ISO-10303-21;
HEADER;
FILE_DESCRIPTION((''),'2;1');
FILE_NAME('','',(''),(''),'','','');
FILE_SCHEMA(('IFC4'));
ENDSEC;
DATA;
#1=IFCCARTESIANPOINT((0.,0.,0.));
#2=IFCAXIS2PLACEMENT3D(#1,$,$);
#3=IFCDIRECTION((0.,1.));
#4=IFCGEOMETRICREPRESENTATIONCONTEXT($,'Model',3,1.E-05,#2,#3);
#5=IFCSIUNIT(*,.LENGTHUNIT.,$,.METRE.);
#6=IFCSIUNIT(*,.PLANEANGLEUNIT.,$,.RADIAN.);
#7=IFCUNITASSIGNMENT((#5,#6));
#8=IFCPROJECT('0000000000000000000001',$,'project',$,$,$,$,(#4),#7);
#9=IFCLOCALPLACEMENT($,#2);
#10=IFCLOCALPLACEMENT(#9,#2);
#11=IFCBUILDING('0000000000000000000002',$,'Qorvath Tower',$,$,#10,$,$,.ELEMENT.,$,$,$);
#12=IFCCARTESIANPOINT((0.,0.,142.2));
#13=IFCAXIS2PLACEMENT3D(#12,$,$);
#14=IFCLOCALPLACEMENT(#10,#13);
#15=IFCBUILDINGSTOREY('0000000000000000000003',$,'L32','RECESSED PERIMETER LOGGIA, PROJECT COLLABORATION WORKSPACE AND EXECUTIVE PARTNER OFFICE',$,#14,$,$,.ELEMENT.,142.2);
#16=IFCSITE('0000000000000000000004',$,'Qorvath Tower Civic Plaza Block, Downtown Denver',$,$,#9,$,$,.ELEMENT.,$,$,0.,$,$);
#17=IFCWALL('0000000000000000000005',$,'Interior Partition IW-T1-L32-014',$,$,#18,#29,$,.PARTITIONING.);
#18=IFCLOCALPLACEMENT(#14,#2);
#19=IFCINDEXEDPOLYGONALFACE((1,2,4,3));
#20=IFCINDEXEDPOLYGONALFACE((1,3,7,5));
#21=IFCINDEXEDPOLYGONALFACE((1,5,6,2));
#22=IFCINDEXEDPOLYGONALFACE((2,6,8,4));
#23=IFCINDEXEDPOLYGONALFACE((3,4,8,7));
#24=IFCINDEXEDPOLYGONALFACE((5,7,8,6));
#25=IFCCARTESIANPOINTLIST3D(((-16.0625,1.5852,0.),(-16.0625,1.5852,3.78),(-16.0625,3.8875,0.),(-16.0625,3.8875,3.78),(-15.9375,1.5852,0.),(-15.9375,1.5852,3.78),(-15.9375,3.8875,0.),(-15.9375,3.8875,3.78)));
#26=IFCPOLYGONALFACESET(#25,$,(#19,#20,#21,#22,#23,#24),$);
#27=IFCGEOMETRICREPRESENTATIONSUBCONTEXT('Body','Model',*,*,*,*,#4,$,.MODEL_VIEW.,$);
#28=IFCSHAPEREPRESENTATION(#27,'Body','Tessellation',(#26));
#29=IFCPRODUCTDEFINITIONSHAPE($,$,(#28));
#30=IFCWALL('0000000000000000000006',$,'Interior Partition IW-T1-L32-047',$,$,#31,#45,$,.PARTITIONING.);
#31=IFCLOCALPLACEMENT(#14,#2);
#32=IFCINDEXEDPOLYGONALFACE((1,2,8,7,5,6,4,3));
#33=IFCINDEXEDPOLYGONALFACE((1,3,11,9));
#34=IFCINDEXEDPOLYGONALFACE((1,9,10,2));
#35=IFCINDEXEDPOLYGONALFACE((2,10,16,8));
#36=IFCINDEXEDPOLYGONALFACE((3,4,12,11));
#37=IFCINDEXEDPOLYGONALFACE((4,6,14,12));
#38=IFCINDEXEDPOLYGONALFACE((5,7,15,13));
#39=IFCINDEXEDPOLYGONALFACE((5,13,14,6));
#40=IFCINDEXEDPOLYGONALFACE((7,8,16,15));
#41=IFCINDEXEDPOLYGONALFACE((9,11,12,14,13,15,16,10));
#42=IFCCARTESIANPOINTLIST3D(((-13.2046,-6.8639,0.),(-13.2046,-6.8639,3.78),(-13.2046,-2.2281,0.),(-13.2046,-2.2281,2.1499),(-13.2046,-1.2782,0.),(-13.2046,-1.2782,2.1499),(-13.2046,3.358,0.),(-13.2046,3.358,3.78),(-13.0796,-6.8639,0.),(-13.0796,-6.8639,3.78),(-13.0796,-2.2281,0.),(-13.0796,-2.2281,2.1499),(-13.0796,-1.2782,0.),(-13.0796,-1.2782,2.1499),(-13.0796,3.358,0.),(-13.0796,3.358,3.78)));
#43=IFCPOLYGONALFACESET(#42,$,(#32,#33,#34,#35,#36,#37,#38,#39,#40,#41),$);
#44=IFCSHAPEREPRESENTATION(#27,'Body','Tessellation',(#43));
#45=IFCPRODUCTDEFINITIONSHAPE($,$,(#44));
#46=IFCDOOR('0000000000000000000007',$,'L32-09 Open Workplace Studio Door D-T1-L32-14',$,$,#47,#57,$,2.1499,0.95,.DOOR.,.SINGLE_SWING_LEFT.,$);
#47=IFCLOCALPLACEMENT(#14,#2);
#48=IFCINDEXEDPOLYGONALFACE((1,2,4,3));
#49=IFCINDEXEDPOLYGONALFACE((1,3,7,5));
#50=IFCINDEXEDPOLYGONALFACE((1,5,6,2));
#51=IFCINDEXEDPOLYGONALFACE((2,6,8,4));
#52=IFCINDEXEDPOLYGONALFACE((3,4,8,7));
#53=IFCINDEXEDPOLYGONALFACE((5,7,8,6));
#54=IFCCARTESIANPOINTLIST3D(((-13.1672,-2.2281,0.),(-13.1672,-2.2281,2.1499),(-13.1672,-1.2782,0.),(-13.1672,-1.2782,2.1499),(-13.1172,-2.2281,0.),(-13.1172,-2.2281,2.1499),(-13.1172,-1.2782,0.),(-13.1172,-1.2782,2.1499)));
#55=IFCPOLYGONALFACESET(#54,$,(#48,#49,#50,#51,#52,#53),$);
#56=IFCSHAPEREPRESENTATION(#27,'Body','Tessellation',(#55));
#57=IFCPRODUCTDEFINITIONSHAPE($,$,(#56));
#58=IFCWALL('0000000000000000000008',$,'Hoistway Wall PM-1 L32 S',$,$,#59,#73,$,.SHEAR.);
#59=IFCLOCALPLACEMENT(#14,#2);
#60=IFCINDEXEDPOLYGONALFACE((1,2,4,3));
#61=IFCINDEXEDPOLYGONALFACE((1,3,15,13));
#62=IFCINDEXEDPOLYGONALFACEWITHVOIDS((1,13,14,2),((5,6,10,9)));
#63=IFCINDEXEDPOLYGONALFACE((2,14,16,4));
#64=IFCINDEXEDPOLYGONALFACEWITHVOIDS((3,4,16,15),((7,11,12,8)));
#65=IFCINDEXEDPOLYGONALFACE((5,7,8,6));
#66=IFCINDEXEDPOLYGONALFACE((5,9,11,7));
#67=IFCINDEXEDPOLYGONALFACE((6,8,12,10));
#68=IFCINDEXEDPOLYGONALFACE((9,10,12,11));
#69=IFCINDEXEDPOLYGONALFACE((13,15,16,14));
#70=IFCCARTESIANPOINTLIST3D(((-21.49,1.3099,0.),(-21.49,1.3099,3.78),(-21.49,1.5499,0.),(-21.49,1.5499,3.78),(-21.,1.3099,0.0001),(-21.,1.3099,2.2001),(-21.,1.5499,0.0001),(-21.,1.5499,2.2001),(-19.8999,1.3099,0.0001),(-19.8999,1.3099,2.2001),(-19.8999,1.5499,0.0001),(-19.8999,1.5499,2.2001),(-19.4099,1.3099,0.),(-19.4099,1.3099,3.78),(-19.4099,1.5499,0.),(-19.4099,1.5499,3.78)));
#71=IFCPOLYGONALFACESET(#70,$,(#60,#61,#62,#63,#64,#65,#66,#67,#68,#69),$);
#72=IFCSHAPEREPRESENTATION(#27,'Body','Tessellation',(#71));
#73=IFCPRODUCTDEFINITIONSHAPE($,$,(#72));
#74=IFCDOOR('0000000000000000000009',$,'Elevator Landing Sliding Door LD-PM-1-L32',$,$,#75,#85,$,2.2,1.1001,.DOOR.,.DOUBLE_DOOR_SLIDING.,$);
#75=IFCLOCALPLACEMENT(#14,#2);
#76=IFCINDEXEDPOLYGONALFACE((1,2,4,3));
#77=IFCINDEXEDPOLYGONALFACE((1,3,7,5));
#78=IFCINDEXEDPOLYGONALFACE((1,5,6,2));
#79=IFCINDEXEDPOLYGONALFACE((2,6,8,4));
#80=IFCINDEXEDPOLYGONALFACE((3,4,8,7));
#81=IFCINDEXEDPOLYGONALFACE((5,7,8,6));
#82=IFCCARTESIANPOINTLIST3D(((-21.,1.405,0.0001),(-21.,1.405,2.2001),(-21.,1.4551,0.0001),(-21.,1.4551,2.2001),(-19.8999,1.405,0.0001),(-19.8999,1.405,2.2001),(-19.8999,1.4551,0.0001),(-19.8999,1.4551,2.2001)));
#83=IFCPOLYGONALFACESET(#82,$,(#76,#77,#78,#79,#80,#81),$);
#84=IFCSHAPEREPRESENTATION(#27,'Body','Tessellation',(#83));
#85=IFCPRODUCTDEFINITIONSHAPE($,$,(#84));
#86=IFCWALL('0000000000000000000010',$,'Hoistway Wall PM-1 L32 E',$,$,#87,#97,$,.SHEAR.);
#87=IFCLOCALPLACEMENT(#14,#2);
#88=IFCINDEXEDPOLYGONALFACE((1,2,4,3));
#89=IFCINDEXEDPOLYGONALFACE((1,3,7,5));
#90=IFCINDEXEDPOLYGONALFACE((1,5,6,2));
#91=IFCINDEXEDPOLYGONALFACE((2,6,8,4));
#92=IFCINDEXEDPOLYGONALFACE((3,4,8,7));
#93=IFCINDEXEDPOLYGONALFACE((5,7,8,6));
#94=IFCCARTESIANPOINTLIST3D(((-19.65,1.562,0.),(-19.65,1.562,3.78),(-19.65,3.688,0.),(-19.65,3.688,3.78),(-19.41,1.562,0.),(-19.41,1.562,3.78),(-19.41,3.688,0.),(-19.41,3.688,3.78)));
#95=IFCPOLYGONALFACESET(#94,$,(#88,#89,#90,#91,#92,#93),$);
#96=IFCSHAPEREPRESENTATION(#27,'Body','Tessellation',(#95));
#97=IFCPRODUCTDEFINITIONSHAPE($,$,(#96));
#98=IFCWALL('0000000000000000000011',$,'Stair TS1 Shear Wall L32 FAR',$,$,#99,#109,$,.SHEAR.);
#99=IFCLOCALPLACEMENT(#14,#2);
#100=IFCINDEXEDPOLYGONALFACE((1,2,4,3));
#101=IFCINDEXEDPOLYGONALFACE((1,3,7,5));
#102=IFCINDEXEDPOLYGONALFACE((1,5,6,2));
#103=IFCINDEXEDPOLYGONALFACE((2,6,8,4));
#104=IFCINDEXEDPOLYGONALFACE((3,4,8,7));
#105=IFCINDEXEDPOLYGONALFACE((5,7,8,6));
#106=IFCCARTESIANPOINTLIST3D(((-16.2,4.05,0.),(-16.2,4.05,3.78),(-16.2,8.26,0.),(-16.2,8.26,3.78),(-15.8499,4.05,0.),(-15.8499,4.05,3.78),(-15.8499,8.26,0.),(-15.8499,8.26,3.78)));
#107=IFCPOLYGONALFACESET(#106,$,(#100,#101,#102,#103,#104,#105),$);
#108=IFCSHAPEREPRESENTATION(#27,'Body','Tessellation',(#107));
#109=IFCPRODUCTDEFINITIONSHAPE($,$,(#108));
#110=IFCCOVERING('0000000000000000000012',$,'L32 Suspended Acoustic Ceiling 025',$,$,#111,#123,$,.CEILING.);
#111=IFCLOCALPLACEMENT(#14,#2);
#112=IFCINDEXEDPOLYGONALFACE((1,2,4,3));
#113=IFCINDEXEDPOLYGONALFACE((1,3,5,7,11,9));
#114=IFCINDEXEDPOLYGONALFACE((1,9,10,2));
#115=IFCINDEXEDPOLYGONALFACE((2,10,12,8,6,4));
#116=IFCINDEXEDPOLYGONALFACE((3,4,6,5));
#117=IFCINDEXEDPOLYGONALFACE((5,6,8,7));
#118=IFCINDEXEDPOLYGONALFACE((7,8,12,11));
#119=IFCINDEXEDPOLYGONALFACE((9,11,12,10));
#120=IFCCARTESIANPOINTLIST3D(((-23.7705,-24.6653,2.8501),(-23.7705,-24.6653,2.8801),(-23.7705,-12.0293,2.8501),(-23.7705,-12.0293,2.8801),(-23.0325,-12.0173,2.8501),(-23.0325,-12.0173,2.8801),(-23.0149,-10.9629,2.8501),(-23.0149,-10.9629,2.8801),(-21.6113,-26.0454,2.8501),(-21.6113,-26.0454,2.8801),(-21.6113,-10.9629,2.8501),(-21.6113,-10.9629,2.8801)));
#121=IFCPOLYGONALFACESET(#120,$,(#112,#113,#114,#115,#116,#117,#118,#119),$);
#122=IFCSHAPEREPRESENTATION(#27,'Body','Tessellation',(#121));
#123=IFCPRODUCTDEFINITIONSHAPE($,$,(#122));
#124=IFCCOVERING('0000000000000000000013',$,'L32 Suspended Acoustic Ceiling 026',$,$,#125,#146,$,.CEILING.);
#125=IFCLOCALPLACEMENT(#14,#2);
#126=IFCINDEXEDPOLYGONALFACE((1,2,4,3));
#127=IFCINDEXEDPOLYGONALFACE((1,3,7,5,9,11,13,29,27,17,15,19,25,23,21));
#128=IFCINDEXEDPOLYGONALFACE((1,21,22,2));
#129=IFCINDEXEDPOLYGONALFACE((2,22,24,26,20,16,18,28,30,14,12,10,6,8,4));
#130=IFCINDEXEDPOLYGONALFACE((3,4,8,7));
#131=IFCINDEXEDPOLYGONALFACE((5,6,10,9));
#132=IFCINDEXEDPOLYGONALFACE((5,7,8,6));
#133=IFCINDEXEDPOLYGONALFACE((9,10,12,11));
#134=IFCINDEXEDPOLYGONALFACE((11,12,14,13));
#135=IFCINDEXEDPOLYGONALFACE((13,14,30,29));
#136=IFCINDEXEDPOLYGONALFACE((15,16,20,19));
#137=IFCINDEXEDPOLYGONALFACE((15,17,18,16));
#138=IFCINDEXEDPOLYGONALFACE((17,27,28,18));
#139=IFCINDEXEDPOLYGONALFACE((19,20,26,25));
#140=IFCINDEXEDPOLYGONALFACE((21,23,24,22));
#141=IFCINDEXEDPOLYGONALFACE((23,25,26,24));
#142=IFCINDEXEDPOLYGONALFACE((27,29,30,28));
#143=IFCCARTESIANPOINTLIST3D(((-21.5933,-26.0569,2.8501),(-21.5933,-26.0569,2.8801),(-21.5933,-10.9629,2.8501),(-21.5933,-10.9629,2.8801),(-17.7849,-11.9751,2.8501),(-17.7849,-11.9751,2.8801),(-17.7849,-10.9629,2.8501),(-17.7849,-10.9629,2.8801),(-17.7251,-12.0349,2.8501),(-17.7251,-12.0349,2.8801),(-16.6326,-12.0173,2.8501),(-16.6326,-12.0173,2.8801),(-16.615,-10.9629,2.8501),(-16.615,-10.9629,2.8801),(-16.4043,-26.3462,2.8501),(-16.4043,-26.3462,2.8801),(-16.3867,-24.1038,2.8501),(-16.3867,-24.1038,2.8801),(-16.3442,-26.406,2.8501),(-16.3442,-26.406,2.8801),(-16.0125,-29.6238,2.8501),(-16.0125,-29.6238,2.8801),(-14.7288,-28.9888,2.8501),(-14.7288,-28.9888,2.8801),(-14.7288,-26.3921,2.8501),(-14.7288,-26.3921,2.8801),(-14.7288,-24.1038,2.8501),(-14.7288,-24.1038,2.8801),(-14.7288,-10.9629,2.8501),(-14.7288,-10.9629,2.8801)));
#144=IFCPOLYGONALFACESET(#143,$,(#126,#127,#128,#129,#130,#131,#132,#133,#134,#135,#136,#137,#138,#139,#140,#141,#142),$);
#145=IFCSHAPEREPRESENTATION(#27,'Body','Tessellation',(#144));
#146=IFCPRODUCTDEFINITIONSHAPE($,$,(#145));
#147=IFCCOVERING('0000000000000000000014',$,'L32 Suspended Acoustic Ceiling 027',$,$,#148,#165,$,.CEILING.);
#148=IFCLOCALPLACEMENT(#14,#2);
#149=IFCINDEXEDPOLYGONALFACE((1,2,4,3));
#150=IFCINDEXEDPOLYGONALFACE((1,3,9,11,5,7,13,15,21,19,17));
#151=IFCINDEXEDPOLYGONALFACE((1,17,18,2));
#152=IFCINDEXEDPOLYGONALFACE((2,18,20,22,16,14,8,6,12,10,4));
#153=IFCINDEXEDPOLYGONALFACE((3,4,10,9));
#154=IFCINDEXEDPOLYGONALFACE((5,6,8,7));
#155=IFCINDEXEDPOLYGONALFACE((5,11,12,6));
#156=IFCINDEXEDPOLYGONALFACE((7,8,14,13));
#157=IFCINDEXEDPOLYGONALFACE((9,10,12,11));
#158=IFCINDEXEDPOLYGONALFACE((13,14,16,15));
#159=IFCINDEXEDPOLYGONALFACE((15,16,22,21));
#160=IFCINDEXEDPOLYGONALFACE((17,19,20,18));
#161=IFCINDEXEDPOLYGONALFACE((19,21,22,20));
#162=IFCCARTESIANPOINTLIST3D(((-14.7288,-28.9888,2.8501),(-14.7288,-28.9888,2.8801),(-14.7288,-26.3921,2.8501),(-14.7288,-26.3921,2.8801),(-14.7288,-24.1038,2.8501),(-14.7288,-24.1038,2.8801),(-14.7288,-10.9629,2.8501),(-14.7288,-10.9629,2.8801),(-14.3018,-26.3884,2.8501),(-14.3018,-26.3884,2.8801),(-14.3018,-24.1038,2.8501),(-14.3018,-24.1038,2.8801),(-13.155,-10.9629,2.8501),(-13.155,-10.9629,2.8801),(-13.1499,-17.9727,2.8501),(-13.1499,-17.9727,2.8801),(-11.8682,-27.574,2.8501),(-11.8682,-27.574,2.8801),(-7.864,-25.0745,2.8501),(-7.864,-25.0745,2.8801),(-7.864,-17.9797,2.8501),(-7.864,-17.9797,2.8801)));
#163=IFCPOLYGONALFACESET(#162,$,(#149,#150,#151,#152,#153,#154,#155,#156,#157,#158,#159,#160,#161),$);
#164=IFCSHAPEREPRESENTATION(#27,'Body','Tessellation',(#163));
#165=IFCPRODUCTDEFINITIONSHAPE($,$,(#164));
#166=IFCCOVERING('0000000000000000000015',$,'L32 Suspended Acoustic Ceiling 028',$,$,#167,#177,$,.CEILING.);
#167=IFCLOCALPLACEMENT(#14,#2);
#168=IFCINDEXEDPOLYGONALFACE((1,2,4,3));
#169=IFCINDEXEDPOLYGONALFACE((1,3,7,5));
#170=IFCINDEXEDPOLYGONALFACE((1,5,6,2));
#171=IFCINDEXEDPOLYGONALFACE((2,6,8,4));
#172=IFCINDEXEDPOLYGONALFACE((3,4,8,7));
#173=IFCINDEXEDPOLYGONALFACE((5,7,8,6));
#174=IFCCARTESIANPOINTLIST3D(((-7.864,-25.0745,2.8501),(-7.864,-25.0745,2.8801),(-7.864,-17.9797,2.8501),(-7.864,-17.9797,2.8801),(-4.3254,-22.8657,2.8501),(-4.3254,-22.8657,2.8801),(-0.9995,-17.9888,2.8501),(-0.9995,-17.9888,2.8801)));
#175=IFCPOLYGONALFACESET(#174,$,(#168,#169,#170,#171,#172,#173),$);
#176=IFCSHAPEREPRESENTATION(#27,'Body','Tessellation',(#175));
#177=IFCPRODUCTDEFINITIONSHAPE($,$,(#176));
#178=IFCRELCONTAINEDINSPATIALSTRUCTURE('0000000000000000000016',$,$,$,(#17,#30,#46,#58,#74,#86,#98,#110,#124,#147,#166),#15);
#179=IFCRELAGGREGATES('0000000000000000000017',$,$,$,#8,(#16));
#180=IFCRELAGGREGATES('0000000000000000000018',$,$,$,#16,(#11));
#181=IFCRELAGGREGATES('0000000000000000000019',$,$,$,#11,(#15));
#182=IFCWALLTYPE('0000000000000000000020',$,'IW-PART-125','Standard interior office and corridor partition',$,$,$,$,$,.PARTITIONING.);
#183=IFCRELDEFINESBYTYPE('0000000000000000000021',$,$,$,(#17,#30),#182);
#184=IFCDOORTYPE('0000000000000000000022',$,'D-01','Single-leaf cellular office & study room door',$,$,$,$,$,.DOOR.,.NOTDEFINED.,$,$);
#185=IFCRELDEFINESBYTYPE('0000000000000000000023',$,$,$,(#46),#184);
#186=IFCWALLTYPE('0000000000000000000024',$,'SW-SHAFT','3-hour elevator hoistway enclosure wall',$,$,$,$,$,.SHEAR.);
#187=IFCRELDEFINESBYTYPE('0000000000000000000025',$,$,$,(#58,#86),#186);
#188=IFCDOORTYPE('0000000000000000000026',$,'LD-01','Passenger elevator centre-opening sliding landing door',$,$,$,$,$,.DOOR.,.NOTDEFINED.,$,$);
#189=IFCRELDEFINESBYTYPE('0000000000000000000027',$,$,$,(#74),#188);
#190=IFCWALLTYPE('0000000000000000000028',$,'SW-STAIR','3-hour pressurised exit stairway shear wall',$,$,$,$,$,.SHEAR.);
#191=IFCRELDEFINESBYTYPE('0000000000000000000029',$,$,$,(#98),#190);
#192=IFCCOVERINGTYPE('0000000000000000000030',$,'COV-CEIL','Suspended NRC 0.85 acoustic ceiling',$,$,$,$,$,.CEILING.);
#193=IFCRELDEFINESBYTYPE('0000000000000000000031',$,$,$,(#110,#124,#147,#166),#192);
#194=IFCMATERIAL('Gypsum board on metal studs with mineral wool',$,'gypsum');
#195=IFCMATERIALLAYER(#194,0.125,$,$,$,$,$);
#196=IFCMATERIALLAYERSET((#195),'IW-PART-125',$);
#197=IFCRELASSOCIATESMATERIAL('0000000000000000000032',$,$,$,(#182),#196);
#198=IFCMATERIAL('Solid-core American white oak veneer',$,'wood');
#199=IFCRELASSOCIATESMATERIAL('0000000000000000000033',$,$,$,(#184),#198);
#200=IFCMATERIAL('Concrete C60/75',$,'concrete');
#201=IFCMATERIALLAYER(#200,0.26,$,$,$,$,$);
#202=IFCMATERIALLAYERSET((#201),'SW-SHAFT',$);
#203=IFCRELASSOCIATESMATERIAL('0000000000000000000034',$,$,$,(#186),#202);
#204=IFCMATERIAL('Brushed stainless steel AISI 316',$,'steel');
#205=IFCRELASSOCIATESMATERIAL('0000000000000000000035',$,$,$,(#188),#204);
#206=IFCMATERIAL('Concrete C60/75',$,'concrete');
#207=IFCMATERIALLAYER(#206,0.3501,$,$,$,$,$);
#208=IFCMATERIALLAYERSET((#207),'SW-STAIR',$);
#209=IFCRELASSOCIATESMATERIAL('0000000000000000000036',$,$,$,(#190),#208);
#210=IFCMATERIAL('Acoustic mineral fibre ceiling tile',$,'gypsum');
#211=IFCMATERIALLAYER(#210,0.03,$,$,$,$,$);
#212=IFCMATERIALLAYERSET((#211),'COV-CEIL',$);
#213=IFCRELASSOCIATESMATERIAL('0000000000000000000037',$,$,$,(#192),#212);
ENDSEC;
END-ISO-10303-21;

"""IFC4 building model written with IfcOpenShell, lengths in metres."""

from ifc_helpers import new_model, si_unit, direction, frame, frame_2d, origin, place, context, subcontext, project, spatial, polyline, rectangle, outline, extrude, material, layer, layer_set, type_object, element, fill, save


model = new_model("IFC4")

# Units and contexts
model_context = context("Model", 3, precision=1e-05, world=origin(), true_north=direction((0.0, 1.0)))
body_context = subcontext(model_context, "Body", "Model", "MODEL_VIEW")
ifc_project = project(units=[si_unit("LENGTHUNIT", "METRE"), si_unit("PLANEANGLEUNIT", "RADIAN")], contexts=[model_context])

# Site, building, storey
site_placement = place(None, origin())
site = spatial("IfcSite", under=ifc_project, at=site_placement, Name="Qorvath Tower Civic Plaza Block, Downtown Denver", CompositionType="ELEMENT", RefElevation=0.0)
building_placement = place(site_placement, origin())
building = spatial("IfcBuilding", under=site, at=building_placement, Name="Qorvath Tower", CompositionType="ELEMENT")
storey_placement = place(building_placement, frame((0.0, 0.0, 142.2)))
storey = spatial("IfcBuildingStorey", under=building, at=storey_placement, Name="L32", Description="RECESSED PERIMETER LOGGIA, PROJECT COLLABORATION WORKSPACE AND EXECUTIVE PARTNER OFFICE", CompositionType="ELEMENT", Elevation=142.2)

# Shared definitions
ifc_material_1 = material(Name="Gypsum board on metal studs with mineral wool", Category="gypsum")
ifc_layer_1 = layer(ifc_material_1, 0.125)
ifc_layer_set_1 = layer_set([ifc_layer_1], Name="IW-PART-125")
wall_type_1 = type_object("IfcWallType", Name="IW-PART-125", Description="Standard interior office and corridor partition", PredefinedType="PARTITIONING", material=ifc_layer_set_1)
ifc_material_2 = material(Name="Solid-core American white oak veneer", Category="wood")
door_type_1 = type_object("IfcDoorType", Name="D-01", Description="Single-leaf cellular office & study room door", OperationType="NOTDEFINED", PredefinedType="DOOR", material=ifc_material_2)

# Wall
wall_1_placement = place(storey_placement, frame((-16.0, 1.5852, 0.0), z_axis=(0.0, 0.0, 1.0), x_axis=(0.0, 1.0, 0.0)))
element("IfcWall", 1, at=wall_1_placement, inside=storey, type_object=wall_type_1, Name="Interior Partition IW-T1-L32-014", PredefinedType="PARTITIONING", context=body_context, shape_type="SweptSolid", body=[
    extrude(rectangle(XDim=2.3022, YDim=0.125, at=frame_2d((1.1511, 0.0))), origin(), (0.0, 0.0, 1.0), 3.78),
])

# Walls, openings, doors
wall_2_placement = place(storey_placement, frame((-13.1421, 3.3579, 0.0), z_axis=(0.0, 0.0, 1.0), x_axis=(0.0, -1.0, 0.0)))
wall_2 = element("IfcWall", 2, at=wall_2_placement, inside=storey, type_object=wall_type_1, Name="Interior Partition IW-T1-L32-047", PredefinedType="PARTITIONING", context=body_context, shape_type="SweptSolid", body=[
    extrude(rectangle(XDim=10.2219, YDim=0.125, at=frame_2d((5.1108, 0.0))), origin(), (0.0, 0.0, 1.0), 3.78),
])
opening_1_placement = place(wall_2_placement, frame((4.636, 0.0, 0.0)))
opening_1 = element("IfcOpeningElement", 3, at=opening_1_placement, cuts=wall_2, PredefinedType="OPENING", context=body_context, shape_type="SweptSolid", body=[
    extrude(rectangle(XDim=0.95, YDim=2.1499, at=frame_2d((0.4751, 1.075))), frame((0.0, 0.0725, 0.0), z_axis=(0.0, -1.0, 0.0), x_axis=(1.0, 0.0, 0.0)), (0.0, 0.0, 1.0), 0.145),
])
door_1_placement = place(opening_1_placement, origin())
door_1 = element("IfcDoor", 4, at=door_1_placement, inside=storey, type_object=door_type_1, Name="L32-09 Open Workplace Studio Door D-T1-L32-14", OperationType="SINGLE_SWING_LEFT", OverallHeight=2.1499, OverallWidth=0.95, PredefinedType="DOOR", context=body_context, shape_type="SweptSolid", body=[
    extrude(rectangle(XDim=0.95, YDim=2.1499, at=frame_2d((0.4751, 1.075))), frame((0.0, 0.0249, 0.0), z_axis=(0.0, -1.0, 0.0), x_axis=(1.0, 0.0, 0.0)), (0.0, 0.0, 1.0), 0.05),
])
fill(opening_1, door_1)
ifc_material_3 = material(Name="Concrete C60/75", Category="concrete")
ifc_layer_2 = layer(ifc_material_3, 0.26)
ifc_layer_set_2 = layer_set([ifc_layer_2], Name="SW-SHAFT")
wall_type_2 = type_object("IfcWallType", Name="SW-SHAFT", Description="3-hour elevator hoistway enclosure wall", PredefinedType="SHEAR", material=ifc_layer_set_2)
wall_3_placement = place(storey_placement, frame((-19.4099, 1.4299, 0.0), z_axis=(0.0, 0.0, 1.0), x_axis=(-1.0, 0.0, 0.0)))
wall_3 = element("IfcWall", 5, at=wall_3_placement, inside=storey, type_object=wall_type_2, Name="Hoistway Wall PM-1 L32 S", PredefinedType="SHEAR", context=body_context, shape_type="SweptSolid", body=[
    extrude(rectangle(XDim=2.0801, YDim=0.24, at=frame_2d((1.04, 0.0))), origin(), (0.0, 0.0, 1.0), 3.78),
])
opening_2_placement = place(wall_3_placement, frame((0.49, 0.0, 0.0)))
opening_2 = element("IfcOpeningElement", 6, at=opening_2_placement, cuts=wall_3, PredefinedType="OPENING", context=body_context, shape_type="SweptSolid", body=[
    extrude(rectangle(XDim=1.1001, YDim=2.2, at=frame_2d((0.55, 1.1001))), frame((0.0, 0.1299, 0.0), z_axis=(0.0, -1.0, 0.0), x_axis=(1.0, 0.0, 0.0)), (0.0, 0.0, 1.0), 0.26),
])
ifc_material_4 = material(Name="Brushed stainless steel AISI 316", Category="steel")
door_type_2 = type_object("IfcDoorType", Name="LD-01", Description="Passenger elevator centre-opening sliding landing door", OperationType="NOTDEFINED", PredefinedType="DOOR", material=ifc_material_4)
door_2_placement = place(opening_2_placement, origin())
door_2 = element("IfcDoor", 7, at=door_2_placement, inside=storey, type_object=door_type_2, Name="Elevator Landing Sliding Door LD-PM-1-L32", OperationType="DOUBLE_DOOR_SLIDING", OverallHeight=2.2, OverallWidth=1.1001, PredefinedType="DOOR", context=body_context, shape_type="SweptSolid", body=[
    extrude(rectangle(XDim=1.1001, YDim=2.2, at=frame_2d((0.55, 1.1001))), frame((0.0, 0.0249, 0.0), z_axis=(0.0, -1.0, 0.0), x_axis=(1.0, 0.0, 0.0)), (0.0, 0.0, 1.0), 0.05),
])
fill(opening_2, door_2)

# Walls
wall_4_placement = place(storey_placement, frame((-19.53, 3.688, 0.0), z_axis=(0.0, 0.0, 1.0), x_axis=(0.0, -1.0, 0.0)))
element("IfcWall", 8, at=wall_4_placement, inside=storey, type_object=wall_type_2, Name="Hoistway Wall PM-1 L32 E", PredefinedType="SHEAR", context=body_context, shape_type="SweptSolid", body=[
    extrude(rectangle(XDim=2.126, YDim=0.24, at=frame_2d((1.063, 0.0))), origin(), (0.0, 0.0, 1.0), 3.78),
])
ifc_material_5 = material(Name="Concrete C60/75", Category="concrete")
ifc_layer_3 = layer(ifc_material_5, 0.3501)
ifc_layer_set_3 = layer_set([ifc_layer_3], Name="SW-STAIR")
wall_type_3 = type_object("IfcWallType", Name="SW-STAIR", Description="3-hour pressurised exit stairway shear wall", PredefinedType="SHEAR", material=ifc_layer_set_3)
wall_5_placement = place(storey_placement, frame((-16.0249, 4.05, 0.0), z_axis=(0.0, 0.0, 1.0), x_axis=(0.0, 1.0, 0.0)))
element("IfcWall", 9, at=wall_5_placement, inside=storey, type_object=wall_type_3, Name="Stair TS1 Shear Wall L32 FAR", PredefinedType="SHEAR", context=body_context, shape_type="SweptSolid", body=[
    extrude(rectangle(XDim=4.21, YDim=0.3501, at=frame_2d((2.105, 0.0))), origin(), (0.0, 0.0, 1.0), 3.78),
])

# Coverings
ifc_material_6 = material(Name="Acoustic mineral fibre ceiling tile", Category="gypsum")
ifc_layer_4 = layer(ifc_material_6, 0.03)
ifc_layer_set_4 = layer_set([ifc_layer_4], Name="COV-CEIL")
covering_type_1 = type_object("IfcCoveringType", Name="COV-CEIL", Description="Suspended NRC 0.85 acoustic ceiling", PredefinedType="CEILING", material=ifc_layer_set_4)
covering_1_placement = place(storey_placement, frame((0.0, 0.0, 2.8501)))
element("IfcCovering", 10, at=covering_1_placement, inside=storey, type_object=covering_type_1, Name="L32 Suspended Acoustic Ceiling 025", PredefinedType="CEILING", context=body_context, shape_type="SweptSolid", body=[
    extrude(outline(polyline([(-21.6113, -26.0454), (-21.6113, -10.9629), (-23.0149, -10.9629), (-23.0325, -12.0173), (-23.7705, -12.0293), (-23.7705, -24.6653), (-21.6113, -26.0454)])), origin(), (0.0, 0.0, 1.0), 0.03),
])
covering_2_placement = place(storey_placement, frame((0.0, 0.0, 2.8501)))
element("IfcCovering", 11, at=covering_2_placement, inside=storey, type_object=covering_type_1, Name="L32 Suspended Acoustic Ceiling 026", PredefinedType="CEILING", context=body_context, shape_type="SweptSolid", body=[
    extrude(outline(polyline([(-21.5933, -26.0569), (-16.0125, -29.6238), (-14.7288, -28.9888), (-14.7288, -26.3921), (-16.3442, -26.406), (-16.4043, -26.3462), (-16.3867, -24.1038), (-14.7288, -24.1038), (-14.7288, -10.9629), (-16.615, -10.9629), (-16.6326, -12.0173), (-17.7251, -12.0349), (-17.7849, -11.9751), (-17.7849, -10.9629), (-21.5933, -10.9629), (-21.5933, -26.0569)])), origin(), (0.0, 0.0, 1.0), 0.03),
])
covering_3_placement = place(storey_placement, frame((0.0, 0.0, 2.8501)))
element("IfcCovering", 12, at=covering_3_placement, inside=storey, type_object=covering_type_1, Name="L32 Suspended Acoustic Ceiling 027", PredefinedType="CEILING", context=body_context, shape_type="SweptSolid", body=[
    extrude(outline(polyline([(-14.7288, -10.9629), (-14.7288, -24.1038), (-14.3018, -24.1038), (-14.3018, -26.3884), (-14.7288, -26.3921), (-14.7288, -28.9888), (-11.8682, -27.574), (-7.864, -25.0745), (-7.864, -17.9797), (-13.1499, -17.9727), (-13.155, -10.9629), (-14.7288, -10.9629)])), origin(), (0.0, 0.0, 1.0), 0.03),
])
covering_4_placement = place(storey_placement, frame((0.0, 0.0, 2.8501)))
element("IfcCovering", 13, at=covering_4_placement, inside=storey, type_object=covering_type_1, Name="L32 Suspended Acoustic Ceiling 028", PredefinedType="CEILING", context=body_context, shape_type="SweptSolid", body=[
    extrude(outline(polyline([(-7.864, -17.9797), (-7.864, -25.0745), (-4.3254, -22.8657), (-0.9995, -17.9888), (-7.864, -17.9797)])), origin(), (0.0, 0.0, 1.0), 0.03),
])

save(model, "model.ifc")
